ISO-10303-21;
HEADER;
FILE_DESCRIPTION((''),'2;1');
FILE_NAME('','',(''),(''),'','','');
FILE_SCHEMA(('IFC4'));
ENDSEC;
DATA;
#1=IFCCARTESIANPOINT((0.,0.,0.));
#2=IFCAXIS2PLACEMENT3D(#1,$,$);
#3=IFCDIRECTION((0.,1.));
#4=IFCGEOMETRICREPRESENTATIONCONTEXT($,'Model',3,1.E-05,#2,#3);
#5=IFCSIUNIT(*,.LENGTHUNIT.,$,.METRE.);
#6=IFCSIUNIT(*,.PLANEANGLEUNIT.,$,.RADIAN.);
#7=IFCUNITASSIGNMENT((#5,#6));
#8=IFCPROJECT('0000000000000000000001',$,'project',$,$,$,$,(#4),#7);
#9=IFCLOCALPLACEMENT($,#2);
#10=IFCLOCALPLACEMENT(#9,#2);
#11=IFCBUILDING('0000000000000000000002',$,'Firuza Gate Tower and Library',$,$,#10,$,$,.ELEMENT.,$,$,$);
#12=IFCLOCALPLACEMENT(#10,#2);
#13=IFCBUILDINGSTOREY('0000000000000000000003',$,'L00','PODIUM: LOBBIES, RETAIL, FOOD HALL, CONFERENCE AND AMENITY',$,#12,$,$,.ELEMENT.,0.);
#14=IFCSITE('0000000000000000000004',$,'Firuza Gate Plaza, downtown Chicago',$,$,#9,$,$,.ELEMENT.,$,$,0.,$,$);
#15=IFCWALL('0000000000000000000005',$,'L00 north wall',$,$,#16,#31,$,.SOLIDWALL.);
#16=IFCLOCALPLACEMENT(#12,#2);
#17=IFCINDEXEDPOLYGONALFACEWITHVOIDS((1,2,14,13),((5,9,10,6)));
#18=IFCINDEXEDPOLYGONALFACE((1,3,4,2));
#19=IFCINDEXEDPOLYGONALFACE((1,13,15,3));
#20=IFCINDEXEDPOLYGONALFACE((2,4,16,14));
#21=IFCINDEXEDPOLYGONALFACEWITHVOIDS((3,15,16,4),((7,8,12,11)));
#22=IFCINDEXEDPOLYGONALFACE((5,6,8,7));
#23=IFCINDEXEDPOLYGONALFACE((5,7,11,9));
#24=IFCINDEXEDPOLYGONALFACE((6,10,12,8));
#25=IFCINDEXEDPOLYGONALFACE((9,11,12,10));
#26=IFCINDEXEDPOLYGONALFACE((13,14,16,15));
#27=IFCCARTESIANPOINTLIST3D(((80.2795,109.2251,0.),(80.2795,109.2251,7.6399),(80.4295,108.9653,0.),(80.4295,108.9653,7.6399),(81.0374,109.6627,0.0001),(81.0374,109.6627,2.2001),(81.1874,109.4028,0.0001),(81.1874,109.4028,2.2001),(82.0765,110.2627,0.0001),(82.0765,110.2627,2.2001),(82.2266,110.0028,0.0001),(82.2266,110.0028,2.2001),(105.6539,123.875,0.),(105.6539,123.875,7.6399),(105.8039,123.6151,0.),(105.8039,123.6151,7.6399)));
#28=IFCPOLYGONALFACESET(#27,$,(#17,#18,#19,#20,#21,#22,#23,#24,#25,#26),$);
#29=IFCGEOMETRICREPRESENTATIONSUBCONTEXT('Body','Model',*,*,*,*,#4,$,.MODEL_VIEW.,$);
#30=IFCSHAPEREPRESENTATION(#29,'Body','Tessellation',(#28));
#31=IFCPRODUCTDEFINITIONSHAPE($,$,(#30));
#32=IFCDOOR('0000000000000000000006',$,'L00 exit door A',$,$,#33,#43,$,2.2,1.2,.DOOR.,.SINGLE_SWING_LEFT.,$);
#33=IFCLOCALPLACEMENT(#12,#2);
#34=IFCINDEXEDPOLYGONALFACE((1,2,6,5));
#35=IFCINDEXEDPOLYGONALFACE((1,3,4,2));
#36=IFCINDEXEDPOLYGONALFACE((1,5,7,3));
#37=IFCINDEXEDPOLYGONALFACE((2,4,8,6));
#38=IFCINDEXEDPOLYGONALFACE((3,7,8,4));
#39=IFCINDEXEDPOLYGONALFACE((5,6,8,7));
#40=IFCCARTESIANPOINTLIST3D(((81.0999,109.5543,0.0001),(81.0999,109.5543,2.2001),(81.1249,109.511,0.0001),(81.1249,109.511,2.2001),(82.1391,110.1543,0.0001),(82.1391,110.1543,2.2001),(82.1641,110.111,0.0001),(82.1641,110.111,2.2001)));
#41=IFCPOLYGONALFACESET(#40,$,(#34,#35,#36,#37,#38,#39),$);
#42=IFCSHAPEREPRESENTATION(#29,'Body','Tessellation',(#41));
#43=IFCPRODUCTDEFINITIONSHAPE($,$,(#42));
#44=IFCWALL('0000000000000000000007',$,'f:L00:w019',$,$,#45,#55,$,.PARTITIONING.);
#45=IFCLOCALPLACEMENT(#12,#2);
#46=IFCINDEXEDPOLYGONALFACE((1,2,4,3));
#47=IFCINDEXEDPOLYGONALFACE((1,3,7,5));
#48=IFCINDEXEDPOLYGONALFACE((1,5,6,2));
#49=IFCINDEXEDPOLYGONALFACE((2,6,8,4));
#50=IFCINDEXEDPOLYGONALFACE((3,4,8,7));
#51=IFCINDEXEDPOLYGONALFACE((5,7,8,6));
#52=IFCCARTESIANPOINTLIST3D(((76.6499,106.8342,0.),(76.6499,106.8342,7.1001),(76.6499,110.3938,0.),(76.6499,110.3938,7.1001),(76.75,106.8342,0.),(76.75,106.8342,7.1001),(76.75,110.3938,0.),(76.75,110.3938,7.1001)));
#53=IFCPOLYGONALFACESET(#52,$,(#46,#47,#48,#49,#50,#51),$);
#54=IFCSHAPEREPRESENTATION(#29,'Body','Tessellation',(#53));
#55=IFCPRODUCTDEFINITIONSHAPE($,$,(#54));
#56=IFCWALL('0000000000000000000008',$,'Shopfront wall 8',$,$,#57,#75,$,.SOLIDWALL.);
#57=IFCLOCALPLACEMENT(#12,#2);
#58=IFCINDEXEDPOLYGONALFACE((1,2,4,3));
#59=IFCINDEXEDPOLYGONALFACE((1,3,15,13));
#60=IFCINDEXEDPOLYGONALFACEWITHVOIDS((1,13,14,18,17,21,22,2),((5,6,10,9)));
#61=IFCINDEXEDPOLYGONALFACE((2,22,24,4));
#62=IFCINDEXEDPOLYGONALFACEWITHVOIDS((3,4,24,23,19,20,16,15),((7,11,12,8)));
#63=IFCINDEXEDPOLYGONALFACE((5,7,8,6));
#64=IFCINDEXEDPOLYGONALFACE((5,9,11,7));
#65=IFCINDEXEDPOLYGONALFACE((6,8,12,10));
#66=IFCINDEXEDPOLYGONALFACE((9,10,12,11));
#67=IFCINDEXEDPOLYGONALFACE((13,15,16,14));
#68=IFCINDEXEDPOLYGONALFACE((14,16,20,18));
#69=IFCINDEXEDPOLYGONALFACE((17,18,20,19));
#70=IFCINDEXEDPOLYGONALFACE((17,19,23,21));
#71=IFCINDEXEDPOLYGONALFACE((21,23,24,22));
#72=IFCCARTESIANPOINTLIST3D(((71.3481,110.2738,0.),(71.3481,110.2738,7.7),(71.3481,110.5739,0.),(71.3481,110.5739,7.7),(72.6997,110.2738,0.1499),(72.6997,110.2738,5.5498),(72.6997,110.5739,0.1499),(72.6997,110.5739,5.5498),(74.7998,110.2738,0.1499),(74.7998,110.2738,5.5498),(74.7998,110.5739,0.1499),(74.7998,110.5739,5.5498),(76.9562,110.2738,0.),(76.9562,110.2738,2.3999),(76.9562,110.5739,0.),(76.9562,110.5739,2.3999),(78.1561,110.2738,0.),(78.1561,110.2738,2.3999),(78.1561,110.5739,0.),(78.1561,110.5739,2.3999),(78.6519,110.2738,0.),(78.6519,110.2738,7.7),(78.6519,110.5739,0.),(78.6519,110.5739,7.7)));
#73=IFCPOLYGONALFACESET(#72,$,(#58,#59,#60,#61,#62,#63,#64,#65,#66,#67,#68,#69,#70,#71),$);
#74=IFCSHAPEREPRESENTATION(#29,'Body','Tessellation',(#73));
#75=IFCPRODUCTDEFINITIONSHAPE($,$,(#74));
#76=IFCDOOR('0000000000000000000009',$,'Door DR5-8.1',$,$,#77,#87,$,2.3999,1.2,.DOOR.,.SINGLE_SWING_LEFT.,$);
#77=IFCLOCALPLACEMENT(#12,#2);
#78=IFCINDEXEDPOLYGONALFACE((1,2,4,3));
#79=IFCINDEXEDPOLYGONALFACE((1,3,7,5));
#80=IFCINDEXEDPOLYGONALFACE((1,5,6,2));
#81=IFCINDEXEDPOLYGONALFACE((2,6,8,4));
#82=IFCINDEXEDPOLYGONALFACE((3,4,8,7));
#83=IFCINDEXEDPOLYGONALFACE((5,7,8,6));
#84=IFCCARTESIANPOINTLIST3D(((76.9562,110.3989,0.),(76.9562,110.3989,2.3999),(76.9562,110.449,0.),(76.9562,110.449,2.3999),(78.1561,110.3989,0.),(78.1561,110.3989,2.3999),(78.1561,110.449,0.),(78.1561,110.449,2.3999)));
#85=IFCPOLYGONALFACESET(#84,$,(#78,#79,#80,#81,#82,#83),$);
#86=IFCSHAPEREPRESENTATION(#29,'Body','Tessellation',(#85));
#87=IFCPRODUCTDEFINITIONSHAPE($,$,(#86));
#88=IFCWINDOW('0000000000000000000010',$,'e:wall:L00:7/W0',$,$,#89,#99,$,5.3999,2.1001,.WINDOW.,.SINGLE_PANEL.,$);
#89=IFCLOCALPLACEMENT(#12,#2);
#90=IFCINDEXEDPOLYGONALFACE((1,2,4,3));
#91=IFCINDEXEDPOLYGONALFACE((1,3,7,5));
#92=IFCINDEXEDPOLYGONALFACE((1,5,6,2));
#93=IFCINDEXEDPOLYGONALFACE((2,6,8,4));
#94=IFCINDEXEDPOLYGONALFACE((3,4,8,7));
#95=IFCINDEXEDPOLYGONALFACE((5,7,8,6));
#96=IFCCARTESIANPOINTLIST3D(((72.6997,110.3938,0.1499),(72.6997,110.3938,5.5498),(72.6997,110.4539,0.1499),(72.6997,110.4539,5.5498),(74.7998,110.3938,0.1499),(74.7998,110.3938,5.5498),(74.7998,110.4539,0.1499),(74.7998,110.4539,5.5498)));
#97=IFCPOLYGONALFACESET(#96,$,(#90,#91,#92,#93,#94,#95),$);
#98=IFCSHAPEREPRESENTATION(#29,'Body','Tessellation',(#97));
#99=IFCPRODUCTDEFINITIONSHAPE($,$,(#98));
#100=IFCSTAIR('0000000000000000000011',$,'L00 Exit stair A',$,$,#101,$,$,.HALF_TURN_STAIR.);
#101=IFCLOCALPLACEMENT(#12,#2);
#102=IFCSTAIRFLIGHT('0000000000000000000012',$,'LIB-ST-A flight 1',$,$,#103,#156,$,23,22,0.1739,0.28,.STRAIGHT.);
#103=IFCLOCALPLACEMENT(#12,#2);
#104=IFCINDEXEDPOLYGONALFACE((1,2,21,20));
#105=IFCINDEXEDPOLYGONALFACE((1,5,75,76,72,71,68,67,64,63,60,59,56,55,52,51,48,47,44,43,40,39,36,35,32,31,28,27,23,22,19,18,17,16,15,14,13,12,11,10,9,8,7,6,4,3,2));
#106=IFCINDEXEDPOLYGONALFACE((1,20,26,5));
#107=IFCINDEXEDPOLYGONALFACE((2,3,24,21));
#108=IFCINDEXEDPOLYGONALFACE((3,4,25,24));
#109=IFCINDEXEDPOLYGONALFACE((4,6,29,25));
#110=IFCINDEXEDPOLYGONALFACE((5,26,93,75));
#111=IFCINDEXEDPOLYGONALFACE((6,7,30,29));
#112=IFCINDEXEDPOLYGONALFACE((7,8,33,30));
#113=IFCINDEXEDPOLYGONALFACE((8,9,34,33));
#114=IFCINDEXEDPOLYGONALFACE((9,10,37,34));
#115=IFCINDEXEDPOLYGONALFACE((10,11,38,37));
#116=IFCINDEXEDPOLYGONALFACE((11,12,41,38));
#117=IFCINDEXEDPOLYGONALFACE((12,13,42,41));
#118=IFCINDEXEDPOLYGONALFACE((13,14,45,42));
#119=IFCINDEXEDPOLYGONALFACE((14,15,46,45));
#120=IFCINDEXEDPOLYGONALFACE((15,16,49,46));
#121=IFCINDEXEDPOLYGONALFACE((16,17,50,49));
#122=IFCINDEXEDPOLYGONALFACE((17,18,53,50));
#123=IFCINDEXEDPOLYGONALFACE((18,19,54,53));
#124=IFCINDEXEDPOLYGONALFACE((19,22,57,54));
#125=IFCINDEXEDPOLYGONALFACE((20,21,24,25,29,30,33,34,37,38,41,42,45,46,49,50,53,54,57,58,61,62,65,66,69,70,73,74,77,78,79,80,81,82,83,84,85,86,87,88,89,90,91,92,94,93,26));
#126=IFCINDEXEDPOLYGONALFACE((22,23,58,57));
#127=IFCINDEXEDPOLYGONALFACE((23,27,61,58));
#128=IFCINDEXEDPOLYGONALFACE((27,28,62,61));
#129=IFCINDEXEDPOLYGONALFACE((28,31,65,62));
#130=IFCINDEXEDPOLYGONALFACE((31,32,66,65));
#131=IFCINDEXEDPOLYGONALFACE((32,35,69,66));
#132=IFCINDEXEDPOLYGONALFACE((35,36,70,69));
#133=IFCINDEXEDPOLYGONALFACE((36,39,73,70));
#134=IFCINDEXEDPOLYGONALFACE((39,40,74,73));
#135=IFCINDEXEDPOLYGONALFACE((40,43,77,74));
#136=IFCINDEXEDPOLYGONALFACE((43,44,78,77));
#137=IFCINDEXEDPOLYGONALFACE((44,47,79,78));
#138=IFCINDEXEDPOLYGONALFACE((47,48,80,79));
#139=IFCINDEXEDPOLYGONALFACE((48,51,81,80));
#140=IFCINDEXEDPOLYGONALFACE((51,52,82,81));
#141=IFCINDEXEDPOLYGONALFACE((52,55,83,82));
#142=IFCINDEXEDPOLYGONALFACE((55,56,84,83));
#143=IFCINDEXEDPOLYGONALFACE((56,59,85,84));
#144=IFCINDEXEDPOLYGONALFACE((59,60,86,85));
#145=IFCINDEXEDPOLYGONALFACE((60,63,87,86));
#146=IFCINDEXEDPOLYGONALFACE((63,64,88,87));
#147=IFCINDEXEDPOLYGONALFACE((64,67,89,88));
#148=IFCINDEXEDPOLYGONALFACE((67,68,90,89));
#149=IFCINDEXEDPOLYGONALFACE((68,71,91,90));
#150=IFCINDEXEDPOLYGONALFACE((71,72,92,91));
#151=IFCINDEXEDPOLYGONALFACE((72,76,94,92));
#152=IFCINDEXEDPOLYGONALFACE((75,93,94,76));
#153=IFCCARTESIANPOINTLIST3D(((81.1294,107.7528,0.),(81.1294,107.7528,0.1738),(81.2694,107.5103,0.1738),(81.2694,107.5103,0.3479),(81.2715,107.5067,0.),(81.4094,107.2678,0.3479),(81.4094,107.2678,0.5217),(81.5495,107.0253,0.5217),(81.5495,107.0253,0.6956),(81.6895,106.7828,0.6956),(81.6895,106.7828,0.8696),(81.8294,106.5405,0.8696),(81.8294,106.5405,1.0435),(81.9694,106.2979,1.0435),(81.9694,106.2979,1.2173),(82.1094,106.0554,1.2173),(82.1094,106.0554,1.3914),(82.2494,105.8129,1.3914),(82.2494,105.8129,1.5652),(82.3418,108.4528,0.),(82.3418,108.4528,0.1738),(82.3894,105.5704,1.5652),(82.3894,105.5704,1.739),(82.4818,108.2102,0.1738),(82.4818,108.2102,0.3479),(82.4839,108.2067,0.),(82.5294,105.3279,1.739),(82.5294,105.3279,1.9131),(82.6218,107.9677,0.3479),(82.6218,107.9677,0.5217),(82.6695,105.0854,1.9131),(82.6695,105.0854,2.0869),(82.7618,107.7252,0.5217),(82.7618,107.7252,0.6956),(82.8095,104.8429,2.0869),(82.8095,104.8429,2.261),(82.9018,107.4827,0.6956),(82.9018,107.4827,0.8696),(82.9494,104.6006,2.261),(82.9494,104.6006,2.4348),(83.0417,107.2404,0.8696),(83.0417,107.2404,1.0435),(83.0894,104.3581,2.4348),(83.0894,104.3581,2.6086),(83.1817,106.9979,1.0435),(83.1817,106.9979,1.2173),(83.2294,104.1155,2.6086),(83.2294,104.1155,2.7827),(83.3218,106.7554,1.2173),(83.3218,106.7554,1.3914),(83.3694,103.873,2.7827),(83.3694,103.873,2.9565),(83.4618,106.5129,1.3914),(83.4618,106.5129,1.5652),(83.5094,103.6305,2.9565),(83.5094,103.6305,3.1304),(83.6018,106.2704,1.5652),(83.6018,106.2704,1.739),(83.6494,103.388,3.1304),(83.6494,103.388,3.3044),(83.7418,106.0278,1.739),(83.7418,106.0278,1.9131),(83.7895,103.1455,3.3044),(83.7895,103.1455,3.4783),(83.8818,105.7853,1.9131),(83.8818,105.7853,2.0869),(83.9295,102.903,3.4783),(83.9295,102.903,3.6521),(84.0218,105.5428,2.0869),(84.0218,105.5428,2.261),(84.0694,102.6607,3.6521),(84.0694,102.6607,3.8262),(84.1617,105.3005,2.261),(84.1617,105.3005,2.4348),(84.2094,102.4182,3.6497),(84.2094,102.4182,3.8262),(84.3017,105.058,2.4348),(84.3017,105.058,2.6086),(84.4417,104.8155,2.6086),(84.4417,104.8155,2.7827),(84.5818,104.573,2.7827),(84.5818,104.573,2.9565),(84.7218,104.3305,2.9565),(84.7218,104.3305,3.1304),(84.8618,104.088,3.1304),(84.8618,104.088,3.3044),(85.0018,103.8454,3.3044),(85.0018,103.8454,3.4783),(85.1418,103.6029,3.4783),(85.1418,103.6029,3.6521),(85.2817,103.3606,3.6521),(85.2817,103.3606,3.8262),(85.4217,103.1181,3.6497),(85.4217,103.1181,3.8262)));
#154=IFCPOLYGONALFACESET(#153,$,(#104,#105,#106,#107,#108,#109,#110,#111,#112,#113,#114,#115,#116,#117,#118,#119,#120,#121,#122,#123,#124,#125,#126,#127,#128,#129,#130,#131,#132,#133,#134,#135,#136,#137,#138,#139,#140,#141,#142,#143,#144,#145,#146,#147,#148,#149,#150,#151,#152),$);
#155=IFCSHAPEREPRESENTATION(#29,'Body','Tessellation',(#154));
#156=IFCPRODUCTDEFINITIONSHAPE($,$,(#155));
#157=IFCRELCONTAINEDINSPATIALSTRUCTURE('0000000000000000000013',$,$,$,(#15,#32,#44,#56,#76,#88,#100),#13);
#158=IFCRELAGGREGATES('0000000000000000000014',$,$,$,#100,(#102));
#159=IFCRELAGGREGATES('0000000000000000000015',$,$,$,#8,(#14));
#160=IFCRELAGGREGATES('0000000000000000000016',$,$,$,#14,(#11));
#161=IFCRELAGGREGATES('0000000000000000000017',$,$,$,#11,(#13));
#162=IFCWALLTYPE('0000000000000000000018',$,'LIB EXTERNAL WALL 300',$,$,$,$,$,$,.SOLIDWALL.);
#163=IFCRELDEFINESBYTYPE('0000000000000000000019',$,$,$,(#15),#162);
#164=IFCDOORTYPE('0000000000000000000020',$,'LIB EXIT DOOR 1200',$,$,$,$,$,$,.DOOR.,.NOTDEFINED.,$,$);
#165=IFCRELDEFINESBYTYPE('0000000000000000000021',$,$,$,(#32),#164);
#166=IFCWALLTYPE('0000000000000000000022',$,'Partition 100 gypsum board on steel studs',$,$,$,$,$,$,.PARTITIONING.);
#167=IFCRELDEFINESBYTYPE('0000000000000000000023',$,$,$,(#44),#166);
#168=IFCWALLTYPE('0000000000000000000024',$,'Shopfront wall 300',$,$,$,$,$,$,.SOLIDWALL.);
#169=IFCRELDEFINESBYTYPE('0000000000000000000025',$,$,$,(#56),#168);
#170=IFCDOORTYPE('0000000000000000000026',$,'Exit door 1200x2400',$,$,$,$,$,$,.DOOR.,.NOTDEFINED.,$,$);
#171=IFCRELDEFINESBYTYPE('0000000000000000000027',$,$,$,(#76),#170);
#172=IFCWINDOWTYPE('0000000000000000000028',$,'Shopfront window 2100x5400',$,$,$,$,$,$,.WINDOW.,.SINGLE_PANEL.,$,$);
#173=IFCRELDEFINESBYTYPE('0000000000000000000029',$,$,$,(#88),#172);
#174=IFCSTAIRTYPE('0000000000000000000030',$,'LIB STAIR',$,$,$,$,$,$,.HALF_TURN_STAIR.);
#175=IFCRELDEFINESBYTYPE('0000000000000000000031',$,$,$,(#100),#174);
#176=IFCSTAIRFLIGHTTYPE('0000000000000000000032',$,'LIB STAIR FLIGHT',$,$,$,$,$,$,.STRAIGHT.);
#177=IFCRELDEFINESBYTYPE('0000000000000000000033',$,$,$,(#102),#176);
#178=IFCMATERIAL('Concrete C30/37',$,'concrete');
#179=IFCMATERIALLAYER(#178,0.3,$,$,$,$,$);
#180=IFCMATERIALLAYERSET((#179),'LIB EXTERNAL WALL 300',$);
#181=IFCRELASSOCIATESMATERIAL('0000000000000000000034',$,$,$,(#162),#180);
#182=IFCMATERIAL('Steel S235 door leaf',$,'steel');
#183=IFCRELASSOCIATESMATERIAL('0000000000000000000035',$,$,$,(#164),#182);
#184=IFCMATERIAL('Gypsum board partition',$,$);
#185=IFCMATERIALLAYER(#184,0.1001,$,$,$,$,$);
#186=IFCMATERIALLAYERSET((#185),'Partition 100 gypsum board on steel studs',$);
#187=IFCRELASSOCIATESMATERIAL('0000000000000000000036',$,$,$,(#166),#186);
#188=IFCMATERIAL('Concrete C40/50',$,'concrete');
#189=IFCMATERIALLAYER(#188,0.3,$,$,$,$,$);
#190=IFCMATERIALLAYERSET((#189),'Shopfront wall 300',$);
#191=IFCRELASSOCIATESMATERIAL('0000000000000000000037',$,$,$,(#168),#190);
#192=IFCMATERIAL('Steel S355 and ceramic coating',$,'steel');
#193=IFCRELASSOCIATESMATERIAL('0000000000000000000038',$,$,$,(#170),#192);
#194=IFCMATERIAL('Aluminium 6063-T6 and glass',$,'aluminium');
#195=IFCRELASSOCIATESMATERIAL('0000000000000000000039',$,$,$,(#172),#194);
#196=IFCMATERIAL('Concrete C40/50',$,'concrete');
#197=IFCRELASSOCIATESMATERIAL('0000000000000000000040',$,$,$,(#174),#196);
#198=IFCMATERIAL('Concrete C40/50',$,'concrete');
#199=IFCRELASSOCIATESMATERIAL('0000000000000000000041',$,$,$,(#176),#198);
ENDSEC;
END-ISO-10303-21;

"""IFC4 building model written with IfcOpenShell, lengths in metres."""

from ifc_helpers import new_model, si_unit, direction, frame, frame_2d, origin, place, context, subcontext, project, spatial, polyline, rectangle, outline, extrude, material, layer, layer_set, type_object, element, fill, aggregate, save


model = new_model("IFC4")

# Units and contexts
model_context = context("Model", 3, precision=1e-05, world=origin(), true_north=direction((0.0, 1.0)))
body_context = subcontext(model_context, "Body", "Model", "MODEL_VIEW")
ifc_project = project(units=[si_unit("LENGTHUNIT", "METRE"), si_unit("PLANEANGLEUNIT", "RADIAN")], contexts=[model_context])

# Site, building, storey
site_placement = place(None, origin())
site = spatial("IfcSite", under=ifc_project, at=site_placement, Name="Firuza Gate Plaza, downtown Chicago", CompositionType="ELEMENT", RefElevation=0.0)
building_placement = place(site_placement, origin())
building = spatial("IfcBuilding", under=site, at=building_placement, Name="Firuza Gate Tower and Library", CompositionType="ELEMENT")
storey_placement = place(building_placement, origin())
storey = spatial("IfcBuildingStorey", under=building, at=storey_placement, Name="L00", Description="PODIUM: LOBBIES, RETAIL, FOOD HALL, CONFERENCE AND AMENITY", CompositionType="ELEMENT", Elevation=0.0)

# Wall, opening, door
ifc_material_1 = material(Name="Concrete C30/37", Category="concrete")
ifc_layer_1 = layer(ifc_material_1, 0.3)
ifc_layer_set_1 = layer_set([ifc_layer_1], Name="LIB EXTERNAL WALL 300")
wall_type_1 = type_object("IfcWallType", Name="LIB EXTERNAL WALL 300", PredefinedType="SOLIDWALL", material=ifc_layer_set_1)
wall_1_placement = place(storey_placement, frame((80.3545, 109.0952, 0.0), z_axis=(0.0, 0.0, 1.0), x_axis=(0.866027, 0.499998, 0.0)))
wall_1 = element("IfcWall", 1, at=wall_1_placement, inside=storey, type_object=wall_type_1, Name="L00 north wall", PredefinedType="SOLIDWALL", context=body_context, shape_type="SweptSolid", body=[
    extrude(rectangle(XDim=29.2998, YDim=0.3, at=frame_2d((14.6499, 0.0))), origin(), (0.0, 0.0, 1.0), 7.6399),
])
opening_1_placement = place(wall_1_placement, frame((0.875, 0.0, 0.0)))
opening_1 = element("IfcOpeningElement", 2, at=opening_1_placement, cuts=wall_1, PredefinedType="OPENING", context=body_context, shape_type="SweptSolid", body=[
    extrude(rectangle(XDim=1.2, YDim=2.2, at=frame_2d((0.6001, 1.1001))), frame((0.0, 0.1602, 0.0), z_axis=(0.0, -1.0, 0.0), x_axis=(1.0, 0.0, 0.0)), (0.0, 0.0, 1.0), 0.3201),
])
ifc_material_2 = material(Name="Steel S235 door leaf", Category="steel")
door_type_1 = type_object("IfcDoorType", Name="LIB EXIT DOOR 1200", OperationType="NOTDEFINED", PredefinedType="DOOR", material=ifc_material_2)
door_1_placement = place(opening_1_placement, origin())
door_1 = element("IfcDoor", 3, at=door_1_placement, inside=storey, type_object=door_type_1, Name="L00 exit door A", OperationType="SINGLE_SWING_LEFT", OverallHeight=2.2, OverallWidth=1.2, PredefinedType="DOOR", context=body_context, shape_type="SweptSolid", body=[
    extrude(rectangle(XDim=1.2, YDim=2.2, at=frame_2d((0.6001, 1.1001))), frame((0.0, 0.0249, 0.0), z_axis=(0.0, -1.0, 0.0), x_axis=(1.0, 0.0, 0.0)), (0.0, 0.0, 1.0), 0.05),
])
fill(opening_1, door_1)

# Wall
ifc_material_3 = material(Name="Gypsum board partition")
ifc_layer_2 = layer(ifc_material_3, 0.1001)
ifc_layer_set_2 = layer_set([ifc_layer_2], Name="Partition 100 gypsum board on steel studs")
wall_type_2 = type_object("IfcWallType", Name="Partition 100 gypsum board on steel studs", PredefinedType="PARTITIONING", material=ifc_layer_set_2)
wall_2_placement = place(storey_placement, frame((76.7, 106.8342, 0.0), z_axis=(0.0, 0.0, 1.0), x_axis=(0.0, 1.0, 0.0)))
element("IfcWall", 4, at=wall_2_placement, inside=storey, type_object=wall_type_2, Name="f:L00:w019", PredefinedType="PARTITIONING", context=body_context, shape_type="SweptSolid", body=[
    extrude(rectangle(XDim=3.5596, YDim=0.1001, at=frame_2d((1.7798, 0.0))), origin(), (0.0, 0.0, 1.0), 7.1001),
])

# Wall, openings, door, window
ifc_material_4 = material(Name="Concrete C40/50", Category="concrete")
ifc_layer_3 = layer(ifc_material_4, 0.3)
ifc_layer_set_3 = layer_set([ifc_layer_3], Name="Shopfront wall 300")
wall_type_3 = type_object("IfcWallType", Name="Shopfront wall 300", PredefinedType="SOLIDWALL", material=ifc_layer_set_3)
wall_3_placement = place(storey_placement, frame((78.6519, 110.4238, 0.0), z_axis=(0.0, 0.0, 1.0), x_axis=(-1.0, 0.0, 0.0)))
wall_3 = element("IfcWall", 5, at=wall_3_placement, inside=storey, type_object=wall_type_3, Name="Shopfront wall 8", PredefinedType="SOLIDWALL", context=body_context, shape_type="SweptSolid", body=[
    extrude(rectangle(XDim=7.3037, YDim=0.3, at=frame_2d((3.6519, 0.0))), origin(), (0.0, 0.0, 1.0), 7.7),
])
opening_2_placement = place(wall_3_placement, frame((0.4956, 0.0, 0.0)))
opening_2 = element("IfcOpeningElement", 6, at=opening_2_placement, cuts=wall_3, PredefinedType="OPENING", context=body_context, shape_type="SweptSolid", body=[
    extrude(rectangle(XDim=1.2, YDim=2.3999, at=frame_2d((0.6001, 1.2))), frame((0.0, 0.1602, 0.0), z_axis=(0.0, -1.0, 0.0), x_axis=(1.0, 0.0, 0.0)), (0.0, 0.0, 1.0), 0.3201),
])
opening_3_placement = place(wall_3_placement, frame((3.8521, 0.0, 0.1499)))
opening_3 = element("IfcOpeningElement", 7, at=opening_3_placement, cuts=wall_3, PredefinedType="OPENING", context=body_context, shape_type="SweptSolid", body=[
    extrude(rectangle(XDim=2.1001, YDim=5.3999, at=frame_2d((1.05, 2.7))), frame((0.0, 0.1602, 0.0), z_axis=(0.0, -1.0, 0.0), x_axis=(1.0, 0.0, 0.0)), (0.0, 0.0, 1.0), 0.3201),
])
ifc_material_5 = material(Name="Steel S355 and ceramic coating", Category="steel")
door_type_2 = type_object("IfcDoorType", Name="Exit door 1200x2400", OperationType="NOTDEFINED", PredefinedType="DOOR", material=ifc_material_5)
door_2_placement = place(opening_2_placement, origin())
door_2 = element("IfcDoor", 8, at=door_2_placement, inside=storey, type_object=door_type_2, Name="Door DR5-8.1", OperationType="SINGLE_SWING_LEFT", OverallHeight=2.3999, OverallWidth=1.2, PredefinedType="DOOR", context=body_context, shape_type="SweptSolid", body=[
    extrude(rectangle(XDim=1.2, YDim=2.3999, at=frame_2d((0.6001, 1.2))), frame((0.0, 0.0249, 0.0), z_axis=(0.0, -1.0, 0.0), x_axis=(1.0, 0.0, 0.0)), (0.0, 0.0, 1.0), 0.05),
])
fill(opening_2, door_2)
ifc_material_6 = material(Name="Aluminium 6063-T6 and glass", Category="aluminium")
window_type = type_object("IfcWindowType", Name="Shopfront window 2100x5400", PartitioningType="SINGLE_PANEL", PredefinedType="WINDOW", material=ifc_material_6)
window_placement = place(opening_3_placement, origin())
window = element("IfcWindow", 9, at=window_placement, inside=storey, type_object=window_type, Name="e:wall:L00:7/W0", OverallHeight=5.3999, OverallWidth=2.1001, PartitioningType="SINGLE_PANEL", PredefinedType="WINDOW", context=body_context, shape_type="SweptSolid", body=[
    extrude(rectangle(XDim=2.1001, YDim=5.3999, at=frame_2d((1.05, 2.7))), frame((0.0, 0.03, 0.0), z_axis=(0.0, -1.0, 0.0), x_axis=(1.0, 0.0, 0.0)), (0.0, 0.0, 1.0), 0.0601),
])
fill(opening_3, window)

# Stair, stair flight
ifc_material_7 = material(Name="Concrete C40/50", Category="concrete")
stair_type = type_object("IfcStairType", Name="LIB STAIR", PredefinedType="HALF_TURN_STAIR", material=ifc_material_7)
stair_placement = place(storey_placement, origin())
stair = element("IfcStair", 10, at=stair_placement, inside=storey, type_object=stair_type, Name="L00 Exit stair A", PredefinedType="HALF_TURN_STAIR")
ifc_material_8 = material(Name="Concrete C40/50", Category="concrete")
stair_flight_type = type_object("IfcStairFlightType", Name="LIB STAIR FLIGHT", PredefinedType="STRAIGHT", material=ifc_material_8)
stair_flight_1_placement = place(storey_placement, frame((81.7356, 108.1028, 0.0), z_axis=(0.0, 0.0, 1.0), x_axis=(0.5, -0.866025, 0.0)))
stair_flight_1 = element("IfcStairFlight", 11, at=stair_flight_1_placement, type_object=stair_flight_type, Name="LIB-ST-A flight 1", NumberOfRisers=23, NumberOfTreads=22, PredefinedType="STRAIGHT", RiserHeight=0.1739, TreadLength=0.28, context=body_context, shape_type="SweptSolid", body=[
    extrude(outline(polyline([(0.0, 0.0), (0.0, 0.1738), (0.28, 0.1738), (0.28, 0.3479), (0.5601, 0.3479), (0.5601, 0.5217), (0.8401, 0.5217), (0.8401, 0.6956), (1.1201, 0.6956), (1.1201, 0.8696), (1.3999, 0.8696), (1.3999, 1.0435), (1.6799, 1.0435), (1.6799, 1.2173), (1.96, 1.2173), (1.96, 1.3914), (2.24, 1.3914), (2.24, 1.5652), (2.52, 1.5652), (2.52, 1.739), (2.8, 1.739), (2.8, 1.9131), (3.0801, 1.9131), (3.0801, 2.0869), (3.3601, 2.0869), (3.3601, 2.261), (3.6399, 2.261), (3.6399, 2.4348), (3.9199, 2.4348), (3.9199, 2.6086), (4.2, 2.6086), (4.2, 2.7827), (4.48, 2.7827), (4.48, 2.9565), (4.76, 2.9565), (4.76, 3.1304), (5.04, 3.1304), (5.04, 3.3044), (5.3201, 3.3044), (5.3201, 3.4783), (5.6001, 3.4783), (5.6001, 3.6521), (5.8799, 3.6521), (5.8799, 3.8262), (6.1599, 3.8262), (6.1599, 4.0), (6.1599, 3.6497), (0.2842, 0.0), (0.0, 0.0)])), frame((0.0, 0.7, 0.0), z_axis=(0.0, -1.0, 0.0), x_axis=(1.0, 0.0, 0.0)), (0.0, 0.0, 1.0), 1.3999),
])
aggregate(stair, [stair_flight_1])

save(model, "model.ifc")
